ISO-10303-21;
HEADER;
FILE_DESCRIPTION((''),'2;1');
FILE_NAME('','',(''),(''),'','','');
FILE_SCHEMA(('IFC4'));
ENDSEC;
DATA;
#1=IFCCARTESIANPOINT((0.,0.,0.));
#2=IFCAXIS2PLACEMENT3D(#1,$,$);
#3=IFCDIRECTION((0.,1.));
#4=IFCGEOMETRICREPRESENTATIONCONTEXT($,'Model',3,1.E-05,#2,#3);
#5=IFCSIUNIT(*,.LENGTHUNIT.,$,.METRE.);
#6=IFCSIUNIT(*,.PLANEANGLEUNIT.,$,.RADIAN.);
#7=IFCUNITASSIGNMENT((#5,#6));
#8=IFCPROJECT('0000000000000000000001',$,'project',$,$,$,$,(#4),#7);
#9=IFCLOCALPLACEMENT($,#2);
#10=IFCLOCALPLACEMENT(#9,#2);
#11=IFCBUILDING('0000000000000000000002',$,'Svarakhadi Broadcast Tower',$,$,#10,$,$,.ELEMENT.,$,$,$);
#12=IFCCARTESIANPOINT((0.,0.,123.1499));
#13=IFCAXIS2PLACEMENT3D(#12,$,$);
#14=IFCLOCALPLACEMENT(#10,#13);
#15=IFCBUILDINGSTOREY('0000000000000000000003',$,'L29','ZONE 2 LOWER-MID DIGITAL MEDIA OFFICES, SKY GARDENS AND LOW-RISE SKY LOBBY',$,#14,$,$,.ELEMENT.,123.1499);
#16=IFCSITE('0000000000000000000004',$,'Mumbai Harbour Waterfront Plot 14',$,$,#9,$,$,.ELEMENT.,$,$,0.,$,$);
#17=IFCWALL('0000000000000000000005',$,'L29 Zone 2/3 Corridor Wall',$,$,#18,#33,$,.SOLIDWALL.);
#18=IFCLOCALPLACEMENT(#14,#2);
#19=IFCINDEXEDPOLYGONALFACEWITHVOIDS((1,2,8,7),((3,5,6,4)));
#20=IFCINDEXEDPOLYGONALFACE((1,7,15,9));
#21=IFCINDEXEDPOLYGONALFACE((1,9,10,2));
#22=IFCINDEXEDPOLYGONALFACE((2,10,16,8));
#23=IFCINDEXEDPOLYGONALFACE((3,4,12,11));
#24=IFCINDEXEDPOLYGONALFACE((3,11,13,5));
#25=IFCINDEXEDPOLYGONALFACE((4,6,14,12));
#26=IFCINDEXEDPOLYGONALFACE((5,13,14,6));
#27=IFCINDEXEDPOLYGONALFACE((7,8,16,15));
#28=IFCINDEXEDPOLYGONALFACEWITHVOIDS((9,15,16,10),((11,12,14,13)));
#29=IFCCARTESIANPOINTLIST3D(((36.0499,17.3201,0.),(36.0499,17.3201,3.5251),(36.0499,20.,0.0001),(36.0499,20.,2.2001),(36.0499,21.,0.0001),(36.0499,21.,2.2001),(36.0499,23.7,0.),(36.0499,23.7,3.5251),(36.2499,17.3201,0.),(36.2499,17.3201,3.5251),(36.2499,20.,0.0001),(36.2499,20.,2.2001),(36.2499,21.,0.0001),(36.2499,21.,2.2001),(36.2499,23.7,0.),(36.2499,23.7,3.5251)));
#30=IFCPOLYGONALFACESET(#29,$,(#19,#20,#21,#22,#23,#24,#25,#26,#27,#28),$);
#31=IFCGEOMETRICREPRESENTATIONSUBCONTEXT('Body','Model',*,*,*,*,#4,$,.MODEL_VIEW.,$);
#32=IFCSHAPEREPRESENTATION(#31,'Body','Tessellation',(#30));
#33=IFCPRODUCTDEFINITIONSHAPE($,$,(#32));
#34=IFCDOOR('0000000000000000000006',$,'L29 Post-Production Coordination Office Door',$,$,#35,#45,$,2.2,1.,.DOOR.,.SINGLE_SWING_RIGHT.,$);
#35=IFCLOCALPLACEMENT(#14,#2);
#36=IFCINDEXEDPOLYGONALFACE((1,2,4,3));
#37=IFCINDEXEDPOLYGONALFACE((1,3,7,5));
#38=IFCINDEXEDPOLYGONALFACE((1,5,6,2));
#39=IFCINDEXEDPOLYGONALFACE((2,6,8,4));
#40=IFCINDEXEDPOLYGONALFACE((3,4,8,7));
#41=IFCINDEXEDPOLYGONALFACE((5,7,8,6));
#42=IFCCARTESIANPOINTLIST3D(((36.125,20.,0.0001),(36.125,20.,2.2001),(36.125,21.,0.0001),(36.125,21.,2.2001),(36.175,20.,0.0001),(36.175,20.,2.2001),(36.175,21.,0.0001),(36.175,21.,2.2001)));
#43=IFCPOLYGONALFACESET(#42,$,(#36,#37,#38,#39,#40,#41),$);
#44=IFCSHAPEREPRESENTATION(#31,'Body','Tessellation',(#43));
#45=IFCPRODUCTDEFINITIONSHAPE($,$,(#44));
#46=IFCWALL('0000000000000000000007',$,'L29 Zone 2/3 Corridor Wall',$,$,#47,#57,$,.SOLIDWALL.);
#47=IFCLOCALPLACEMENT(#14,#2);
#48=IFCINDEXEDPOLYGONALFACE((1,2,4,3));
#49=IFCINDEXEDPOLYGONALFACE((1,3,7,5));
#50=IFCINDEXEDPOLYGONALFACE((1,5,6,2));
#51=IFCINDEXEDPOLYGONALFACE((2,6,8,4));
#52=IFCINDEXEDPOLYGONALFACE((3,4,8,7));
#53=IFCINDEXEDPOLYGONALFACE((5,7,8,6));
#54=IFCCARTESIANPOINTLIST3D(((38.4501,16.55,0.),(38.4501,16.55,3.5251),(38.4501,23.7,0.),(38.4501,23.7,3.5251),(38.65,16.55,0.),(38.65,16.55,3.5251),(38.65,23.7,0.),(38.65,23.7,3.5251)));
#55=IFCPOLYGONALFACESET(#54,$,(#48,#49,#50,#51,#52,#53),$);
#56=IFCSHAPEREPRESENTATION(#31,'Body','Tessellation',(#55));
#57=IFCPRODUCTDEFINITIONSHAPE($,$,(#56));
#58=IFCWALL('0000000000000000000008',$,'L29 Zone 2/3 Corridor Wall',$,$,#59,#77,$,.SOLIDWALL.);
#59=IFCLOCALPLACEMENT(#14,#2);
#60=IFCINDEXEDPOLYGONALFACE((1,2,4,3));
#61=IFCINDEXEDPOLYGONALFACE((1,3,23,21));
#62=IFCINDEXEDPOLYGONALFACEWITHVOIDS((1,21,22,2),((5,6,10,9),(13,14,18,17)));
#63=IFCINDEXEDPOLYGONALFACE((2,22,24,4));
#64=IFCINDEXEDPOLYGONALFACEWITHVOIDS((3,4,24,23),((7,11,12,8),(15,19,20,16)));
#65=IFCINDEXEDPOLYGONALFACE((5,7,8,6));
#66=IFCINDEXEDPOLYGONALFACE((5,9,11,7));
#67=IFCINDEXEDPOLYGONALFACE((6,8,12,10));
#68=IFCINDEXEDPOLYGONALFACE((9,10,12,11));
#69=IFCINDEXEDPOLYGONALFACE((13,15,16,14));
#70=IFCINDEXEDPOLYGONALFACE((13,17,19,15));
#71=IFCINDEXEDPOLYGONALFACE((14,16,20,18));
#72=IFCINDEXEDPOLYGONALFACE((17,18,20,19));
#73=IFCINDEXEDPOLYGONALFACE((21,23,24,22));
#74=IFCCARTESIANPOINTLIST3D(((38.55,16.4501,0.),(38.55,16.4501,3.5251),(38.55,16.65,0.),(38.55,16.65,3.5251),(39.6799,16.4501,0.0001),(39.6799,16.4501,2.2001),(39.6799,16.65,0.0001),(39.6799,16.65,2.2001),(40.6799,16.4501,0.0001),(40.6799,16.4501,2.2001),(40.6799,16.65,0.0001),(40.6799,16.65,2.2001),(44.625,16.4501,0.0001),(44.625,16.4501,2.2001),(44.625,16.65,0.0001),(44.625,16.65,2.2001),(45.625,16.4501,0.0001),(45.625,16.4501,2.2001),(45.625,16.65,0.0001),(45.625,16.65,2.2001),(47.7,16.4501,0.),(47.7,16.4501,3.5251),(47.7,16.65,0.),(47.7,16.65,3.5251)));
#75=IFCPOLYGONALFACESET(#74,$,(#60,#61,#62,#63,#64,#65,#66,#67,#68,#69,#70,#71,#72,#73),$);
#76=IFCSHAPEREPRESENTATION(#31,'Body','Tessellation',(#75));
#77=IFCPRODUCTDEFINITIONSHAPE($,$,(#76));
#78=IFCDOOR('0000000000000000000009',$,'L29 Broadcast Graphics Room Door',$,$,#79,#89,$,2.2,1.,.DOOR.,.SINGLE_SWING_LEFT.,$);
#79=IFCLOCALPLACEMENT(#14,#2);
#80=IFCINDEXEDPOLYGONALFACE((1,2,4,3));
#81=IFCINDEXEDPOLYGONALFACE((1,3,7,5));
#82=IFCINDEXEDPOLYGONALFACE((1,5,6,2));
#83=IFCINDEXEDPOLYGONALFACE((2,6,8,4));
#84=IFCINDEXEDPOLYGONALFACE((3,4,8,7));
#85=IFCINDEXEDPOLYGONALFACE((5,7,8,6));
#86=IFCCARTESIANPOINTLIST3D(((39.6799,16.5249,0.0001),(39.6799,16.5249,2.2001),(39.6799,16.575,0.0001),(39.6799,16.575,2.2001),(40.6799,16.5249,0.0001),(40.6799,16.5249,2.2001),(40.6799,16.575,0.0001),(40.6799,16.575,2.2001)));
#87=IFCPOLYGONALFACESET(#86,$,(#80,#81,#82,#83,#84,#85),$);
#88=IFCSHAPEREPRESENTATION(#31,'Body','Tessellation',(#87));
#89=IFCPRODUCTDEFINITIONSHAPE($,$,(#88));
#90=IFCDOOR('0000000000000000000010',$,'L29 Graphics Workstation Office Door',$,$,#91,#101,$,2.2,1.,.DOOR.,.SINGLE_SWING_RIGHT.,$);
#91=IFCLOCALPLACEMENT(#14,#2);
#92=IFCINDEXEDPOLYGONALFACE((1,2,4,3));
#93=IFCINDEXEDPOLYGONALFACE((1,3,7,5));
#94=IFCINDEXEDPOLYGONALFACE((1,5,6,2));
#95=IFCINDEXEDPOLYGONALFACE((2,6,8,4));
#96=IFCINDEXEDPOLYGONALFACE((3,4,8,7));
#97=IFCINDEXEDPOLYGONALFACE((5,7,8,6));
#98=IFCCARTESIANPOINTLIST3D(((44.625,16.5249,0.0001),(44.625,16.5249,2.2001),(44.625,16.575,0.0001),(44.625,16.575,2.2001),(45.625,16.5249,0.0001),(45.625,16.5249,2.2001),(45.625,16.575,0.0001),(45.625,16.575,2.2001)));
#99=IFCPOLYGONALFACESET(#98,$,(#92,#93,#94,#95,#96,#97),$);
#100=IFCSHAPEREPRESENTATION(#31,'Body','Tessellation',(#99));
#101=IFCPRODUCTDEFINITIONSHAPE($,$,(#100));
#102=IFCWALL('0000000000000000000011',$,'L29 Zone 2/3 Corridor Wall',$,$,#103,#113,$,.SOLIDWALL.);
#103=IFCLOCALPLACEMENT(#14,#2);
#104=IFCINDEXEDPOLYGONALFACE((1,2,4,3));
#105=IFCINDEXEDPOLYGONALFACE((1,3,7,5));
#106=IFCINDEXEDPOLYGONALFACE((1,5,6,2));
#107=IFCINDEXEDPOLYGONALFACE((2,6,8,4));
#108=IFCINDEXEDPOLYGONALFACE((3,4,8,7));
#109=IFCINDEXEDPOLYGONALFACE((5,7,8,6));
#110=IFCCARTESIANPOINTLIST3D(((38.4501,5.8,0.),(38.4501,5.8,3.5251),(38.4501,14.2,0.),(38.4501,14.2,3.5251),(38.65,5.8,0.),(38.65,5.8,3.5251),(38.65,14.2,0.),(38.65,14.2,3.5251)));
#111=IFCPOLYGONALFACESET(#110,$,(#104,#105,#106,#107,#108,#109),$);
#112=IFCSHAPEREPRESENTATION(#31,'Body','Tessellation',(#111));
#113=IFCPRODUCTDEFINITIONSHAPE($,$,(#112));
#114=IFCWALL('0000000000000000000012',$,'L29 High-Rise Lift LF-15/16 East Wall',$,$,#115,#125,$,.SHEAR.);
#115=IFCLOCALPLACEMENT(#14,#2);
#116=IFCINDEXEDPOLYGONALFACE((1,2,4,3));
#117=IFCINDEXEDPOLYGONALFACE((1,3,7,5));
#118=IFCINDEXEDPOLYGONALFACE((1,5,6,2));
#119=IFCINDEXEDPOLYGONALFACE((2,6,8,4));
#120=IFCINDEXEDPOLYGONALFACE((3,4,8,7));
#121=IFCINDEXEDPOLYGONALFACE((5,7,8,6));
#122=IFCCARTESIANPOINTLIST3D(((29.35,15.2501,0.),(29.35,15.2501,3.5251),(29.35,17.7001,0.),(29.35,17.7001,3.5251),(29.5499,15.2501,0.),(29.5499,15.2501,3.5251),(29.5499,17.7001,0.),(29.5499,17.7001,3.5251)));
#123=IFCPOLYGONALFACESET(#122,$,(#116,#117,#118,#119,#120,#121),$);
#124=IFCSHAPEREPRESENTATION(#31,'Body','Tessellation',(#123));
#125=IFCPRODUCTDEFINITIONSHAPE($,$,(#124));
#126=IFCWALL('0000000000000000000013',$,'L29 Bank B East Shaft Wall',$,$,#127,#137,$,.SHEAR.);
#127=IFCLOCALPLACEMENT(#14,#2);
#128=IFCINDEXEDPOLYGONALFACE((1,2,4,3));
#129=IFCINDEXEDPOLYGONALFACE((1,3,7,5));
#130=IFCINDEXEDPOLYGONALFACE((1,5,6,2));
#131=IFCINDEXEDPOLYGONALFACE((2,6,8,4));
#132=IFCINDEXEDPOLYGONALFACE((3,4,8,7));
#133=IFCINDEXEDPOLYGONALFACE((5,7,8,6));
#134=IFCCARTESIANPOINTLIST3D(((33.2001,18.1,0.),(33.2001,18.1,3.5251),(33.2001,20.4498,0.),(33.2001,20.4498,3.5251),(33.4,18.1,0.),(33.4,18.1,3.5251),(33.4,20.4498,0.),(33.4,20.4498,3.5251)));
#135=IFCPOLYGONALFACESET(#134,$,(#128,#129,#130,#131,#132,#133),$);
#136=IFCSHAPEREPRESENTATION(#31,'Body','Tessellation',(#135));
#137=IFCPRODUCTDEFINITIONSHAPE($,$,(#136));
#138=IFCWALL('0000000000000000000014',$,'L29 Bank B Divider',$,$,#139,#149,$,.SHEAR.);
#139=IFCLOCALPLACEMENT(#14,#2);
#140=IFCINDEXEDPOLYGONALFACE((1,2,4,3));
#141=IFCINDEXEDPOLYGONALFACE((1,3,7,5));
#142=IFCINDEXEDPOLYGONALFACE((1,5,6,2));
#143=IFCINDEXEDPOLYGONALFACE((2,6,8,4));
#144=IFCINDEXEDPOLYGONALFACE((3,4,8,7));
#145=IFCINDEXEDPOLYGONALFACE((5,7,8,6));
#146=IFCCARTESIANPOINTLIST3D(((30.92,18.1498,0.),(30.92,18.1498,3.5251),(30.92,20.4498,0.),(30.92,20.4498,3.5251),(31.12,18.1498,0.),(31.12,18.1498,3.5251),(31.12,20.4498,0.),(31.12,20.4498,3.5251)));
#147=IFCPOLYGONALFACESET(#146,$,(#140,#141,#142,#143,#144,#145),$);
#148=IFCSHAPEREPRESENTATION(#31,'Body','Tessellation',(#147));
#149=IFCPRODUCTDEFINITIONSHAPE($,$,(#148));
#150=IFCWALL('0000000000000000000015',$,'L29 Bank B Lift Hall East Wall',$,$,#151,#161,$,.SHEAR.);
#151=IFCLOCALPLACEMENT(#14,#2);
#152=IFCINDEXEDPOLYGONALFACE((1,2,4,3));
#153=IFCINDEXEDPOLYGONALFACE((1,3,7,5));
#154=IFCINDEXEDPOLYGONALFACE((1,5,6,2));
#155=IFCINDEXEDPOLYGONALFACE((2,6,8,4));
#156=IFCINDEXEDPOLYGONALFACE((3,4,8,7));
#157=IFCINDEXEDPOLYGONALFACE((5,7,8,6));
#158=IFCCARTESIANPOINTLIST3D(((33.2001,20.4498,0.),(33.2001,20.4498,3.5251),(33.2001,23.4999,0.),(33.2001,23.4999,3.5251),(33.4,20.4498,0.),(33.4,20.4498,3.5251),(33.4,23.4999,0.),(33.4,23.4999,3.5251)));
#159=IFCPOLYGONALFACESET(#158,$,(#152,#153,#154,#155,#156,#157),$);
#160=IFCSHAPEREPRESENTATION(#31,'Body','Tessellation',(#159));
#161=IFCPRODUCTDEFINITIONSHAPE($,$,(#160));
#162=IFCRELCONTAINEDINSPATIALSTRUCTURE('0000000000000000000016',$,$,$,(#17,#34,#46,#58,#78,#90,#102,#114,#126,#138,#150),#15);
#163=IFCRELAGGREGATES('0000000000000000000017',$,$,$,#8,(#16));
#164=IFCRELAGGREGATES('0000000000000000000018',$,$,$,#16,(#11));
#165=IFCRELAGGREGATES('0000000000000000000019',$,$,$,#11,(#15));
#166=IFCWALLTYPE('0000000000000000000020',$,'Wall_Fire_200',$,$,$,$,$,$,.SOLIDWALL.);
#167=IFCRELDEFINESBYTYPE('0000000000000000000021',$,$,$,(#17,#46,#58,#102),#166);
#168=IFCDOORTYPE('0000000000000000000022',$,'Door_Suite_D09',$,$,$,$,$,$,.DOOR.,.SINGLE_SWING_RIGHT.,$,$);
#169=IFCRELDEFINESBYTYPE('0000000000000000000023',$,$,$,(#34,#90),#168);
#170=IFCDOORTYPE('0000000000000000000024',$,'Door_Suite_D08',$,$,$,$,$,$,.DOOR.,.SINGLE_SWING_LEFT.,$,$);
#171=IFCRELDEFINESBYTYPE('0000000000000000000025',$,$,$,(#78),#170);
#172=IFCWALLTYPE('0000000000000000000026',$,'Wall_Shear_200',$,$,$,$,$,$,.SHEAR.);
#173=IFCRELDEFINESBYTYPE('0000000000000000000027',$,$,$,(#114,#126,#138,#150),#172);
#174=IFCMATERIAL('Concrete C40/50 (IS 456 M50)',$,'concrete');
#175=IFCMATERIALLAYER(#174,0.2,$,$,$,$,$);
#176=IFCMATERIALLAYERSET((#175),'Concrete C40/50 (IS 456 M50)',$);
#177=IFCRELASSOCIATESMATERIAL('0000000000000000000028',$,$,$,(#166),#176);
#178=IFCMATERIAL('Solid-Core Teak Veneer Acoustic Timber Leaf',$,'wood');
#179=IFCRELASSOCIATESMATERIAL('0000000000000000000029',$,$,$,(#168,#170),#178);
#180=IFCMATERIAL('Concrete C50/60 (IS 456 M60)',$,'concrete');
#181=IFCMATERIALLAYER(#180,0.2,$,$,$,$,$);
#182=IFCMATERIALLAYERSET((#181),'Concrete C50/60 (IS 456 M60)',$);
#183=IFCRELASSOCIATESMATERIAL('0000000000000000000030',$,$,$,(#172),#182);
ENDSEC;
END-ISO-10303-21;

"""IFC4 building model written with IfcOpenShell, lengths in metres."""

from ifc_helpers import new_model, si_unit, direction, frame, frame_2d, origin, place, context, subcontext, project, spatial, rectangle, extrude, material, layer, layer_set, type_object, element, fill, save


model = new_model("IFC4")

# Units and contexts
model_context = context("Model", 3, precision=1e-05, world=origin(), true_north=direction((0.0, 1.0)))
body_context = subcontext(model_context, "Body", "Model", "MODEL_VIEW")
ifc_project = project(units=[si_unit("LENGTHUNIT", "METRE"), si_unit("PLANEANGLEUNIT", "RADIAN")], contexts=[model_context])

# Site, building, storey
site_placement = place(None, origin())
site = spatial("IfcSite", under=ifc_project, at=site_placement, Name="Mumbai Harbour Waterfront Plot 14", CompositionType="ELEMENT", RefElevation=0.0)
building_placement = place(site_placement, origin())
building = spatial("IfcBuilding", under=site, at=building_placement, Name="Svarakhadi Broadcast Tower", CompositionType="ELEMENT")
storey_placement = place(building_placement, frame((0.0, 0.0, 123.1499)))
storey = spatial("IfcBuildingStorey", under=building, at=storey_placement, Name="L29", Description="ZONE 2 LOWER-MID DIGITAL MEDIA OFFICES, SKY GARDENS AND LOW-RISE SKY LOBBY", CompositionType="ELEMENT", Elevation=123.1499)

# Shared definitions
ifc_material_1 = material(Name="Concrete C50/60 (IS 456 M60)", Category="concrete")

# Shared definitions
ifc_material_2 = material(Name="Concrete C40/50 (IS 456 M50)", Category="concrete")
ifc_layer_1 = layer(ifc_material_2, 0.2)
ifc_layer_set_1 = layer_set([ifc_layer_1], Name="Concrete C40/50 (IS 456 M50)")
wall_type_1 = type_object("IfcWallType", Name="Wall_Fire_200", PredefinedType="SOLIDWALL", material=ifc_layer_set_1)

# Wall, opening, door
wall_1_placement = place(storey_placement, frame((36.1499, 17.3201, 0.0), z_axis=(0.0, 0.0, 1.0), x_axis=(0.0, 1.0, 0.0)))
wall_1 = element("IfcWall", 1, at=wall_1_placement, inside=storey, type_object=wall_type_1, Name="L29 Zone 2/3 Corridor Wall", PredefinedType="SOLIDWALL", context=body_context, shape_type="SweptSolid", body=[
    extrude(rectangle(XDim=6.3799, YDim=0.2, at=frame_2d((3.1899, 0.0))), origin(), (0.0, 0.0, 1.0), 3.5251),
])
opening_1_placement = place(wall_1_placement, frame((2.6799, 0.0, 0.0)))
opening_1 = element("IfcOpeningElement", 2, at=opening_1_placement, cuts=wall_1, PredefinedType="OPENING", context=body_context, shape_type="SweptSolid", body=[
    extrude(rectangle(XDim=1.0, YDim=2.2, at=frame_2d((0.5, 1.1001))), frame((0.0, 0.1099, 0.0), z_axis=(0.0, -1.0, 0.0), x_axis=(1.0, 0.0, 0.0)), (0.0, 0.0, 1.0), 0.22),
])
ifc_material_3 = material(Name="Solid-Core Teak Veneer Acoustic Timber Leaf", Category="wood")
door_type_1 = type_object("IfcDoorType", Name="Door_Suite_D09", OperationType="SINGLE_SWING_RIGHT", PredefinedType="DOOR", material=ifc_material_3)
door_1_placement = place(opening_1_placement, origin())
door_1 = element("IfcDoor", 3, at=door_1_placement, inside=storey, type_object=door_type_1, Name="L29 Post-Production Coordination Office Door", OperationType="SINGLE_SWING_RIGHT", OverallHeight=2.2, OverallWidth=1.0, PredefinedType="DOOR", context=body_context, shape_type="SweptSolid", body=[
    extrude(rectangle(XDim=1.0, YDim=2.2, at=frame_2d((0.5, 1.1001))), frame((0.0, 0.0249, 0.0), z_axis=(0.0, -1.0, 0.0), x_axis=(1.0, 0.0, 0.0)), (0.0, 0.0, 1.0), 0.05),
])
fill(opening_1, door_1)

# Wall
wall_2_placement = place(storey_placement, frame((38.55, 23.7, 0.0), z_axis=(0.0, 0.0, 1.0), x_axis=(0.0, -1.0, 0.0)))
element("IfcWall", 4, at=wall_2_placement, inside=storey, type_object=wall_type_1, Name="L29 Zone 2/3 Corridor Wall", PredefinedType="SOLIDWALL", context=body_context, shape_type="SweptSolid", body=[
    extrude(rectangle(XDim=7.1499, YDim=0.2, at=frame_2d((3.575, 0.0))), origin(), (0.0, 0.0, 1.0), 3.5251),
])

# Wall, openings, doors
wall_3_placement = place(storey_placement, frame((38.55, 16.55, 0.0), z_axis=(0.0, 0.0, 1.0), x_axis=(1.0, 0.0, 0.0)))
wall_3 = element("IfcWall", 5, at=wall_3_placement, inside=storey, type_object=wall_type_1, Name="L29 Zone 2/3 Corridor Wall", PredefinedType="SOLIDWALL", context=body_context, shape_type="SweptSolid", body=[
    extrude(rectangle(XDim=9.1499, YDim=0.2, at=frame_2d((4.575, 0.0))), origin(), (0.0, 0.0, 1.0), 3.5251),
])
opening_2_placement = place(wall_3_placement, frame((1.1299, 0.0, 0.0)))
opening_2 = element("IfcOpeningElement", 6, at=opening_2_placement, cuts=wall_3, PredefinedType="OPENING", context=body_context, shape_type="SweptSolid", body=[
    extrude(rectangle(XDim=1.0, YDim=2.2, at=frame_2d((0.5, 1.1001))), frame((0.0, 0.1099, 0.0), z_axis=(0.0, -1.0, 0.0), x_axis=(1.0, 0.0, 0.0)), (0.0, 0.0, 1.0), 0.22),
])
opening_3_placement = place(wall_3_placement, frame((6.075, 0.0, 0.0)))
opening_3 = element("IfcOpeningElement", 7, at=opening_3_placement, cuts=wall_3, PredefinedType="OPENING", context=body_context, shape_type="SweptSolid", body=[
    extrude(rectangle(XDim=1.0, YDim=2.2, at=frame_2d((0.5, 1.1001))), frame((0.0, 0.1099, 0.0), z_axis=(0.0, -1.0, 0.0), x_axis=(1.0, 0.0, 0.0)), (0.0, 0.0, 1.0), 0.22),
])
door_type_2 = type_object("IfcDoorType", Name="Door_Suite_D08", OperationType="SINGLE_SWING_LEFT", PredefinedType="DOOR", material=ifc_material_3)
door_2_placement = place(opening_2_placement, origin())
door_2 = element("IfcDoor", 8, at=door_2_placement, inside=storey, type_object=door_type_2, Name="L29 Broadcast Graphics Room Door", OperationType="SINGLE_SWING_LEFT", OverallHeight=2.2, OverallWidth=1.0, PredefinedType="DOOR", context=body_context, shape_type="SweptSolid", body=[
    extrude(rectangle(XDim=1.0, YDim=2.2, at=frame_2d((0.5, 1.1001))), frame((0.0, 0.0249, 0.0), z_axis=(0.0, -1.0, 0.0), x_axis=(1.0, 0.0, 0.0)), (0.0, 0.0, 1.0), 0.05),
])
fill(opening_2, door_2)
door_3_placement = place(opening_3_placement, origin())
door_3 = element("IfcDoor", 9, at=door_3_placement, inside=storey, type_object=door_type_1, Name="L29 Graphics Workstation Office Door", OperationType="SINGLE_SWING_RIGHT", OverallHeight=2.2, OverallWidth=1.0, PredefinedType="DOOR", context=body_context, shape_type="SweptSolid", body=[
    extrude(rectangle(XDim=1.0, YDim=2.2, at=frame_2d((0.5, 1.1001))), frame((0.0, 0.0249, 0.0), z_axis=(0.0, -1.0, 0.0), x_axis=(1.0, 0.0, 0.0)), (0.0, 0.0, 1.0), 0.05),
])
fill(opening_3, door_3)

# Wall
wall_4_placement = place(storey_placement, frame((38.55, 14.2, 0.0), z_axis=(0.0, 0.0, 1.0), x_axis=(0.0, -1.0, 0.0)))
element("IfcWall", 10, at=wall_4_placement, inside=storey, type_object=wall_type_1, Name="L29 Zone 2/3 Corridor Wall", PredefinedType="SOLIDWALL", context=body_context, shape_type="SweptSolid", body=[
    extrude(rectangle(XDim=8.3999, YDim=0.2, at=frame_2d((4.2, 0.0))), origin(), (0.0, 0.0, 1.0), 3.5251),
])

# Walls
ifc_layer_2 = layer(ifc_material_1, 0.2)
ifc_layer_set_2 = layer_set([ifc_layer_2], Name="Concrete C50/60 (IS 456 M60)")
wall_type_2 = type_object("IfcWallType", Name="Wall_Shear_200", PredefinedType="SHEAR", material=ifc_layer_set_2)
wall_5_placement = place(storey_placement, frame((29.45, 15.25, 0.0), z_axis=(0.0, 0.0, 1.0), x_axis=(0.0, 1.0, 0.0)))
element("IfcWall", 11, at=wall_5_placement, inside=storey, type_object=wall_type_2, Name="L29 High-Rise Lift LF-15/16 East Wall", PredefinedType="SHEAR", context=body_context, shape_type="SweptSolid", body=[
    extrude(rectangle(XDim=2.45, YDim=0.2, at=frame_2d((1.2251, 0.0))), origin(), (0.0, 0.0, 1.0), 3.5251),
])
wall_6_placement = place(storey_placement, frame((33.3, 18.1001, 0.0), z_axis=(0.0, 0.0, 1.0), x_axis=(0.0, 1.0, 0.0)))
element("IfcWall", 12, at=wall_6_placement, inside=storey, type_object=wall_type_2, Name="L29 Bank B East Shaft Wall", PredefinedType="SHEAR", context=body_context, shape_type="SweptSolid", body=[
    extrude(rectangle(XDim=2.3499, YDim=0.2, at=frame_2d((1.1748, 0.0))), origin(), (0.0, 0.0, 1.0), 3.5251),
])
wall_7_placement = place(storey_placement, frame((31.02, 18.1499, 0.0), z_axis=(0.0, 0.0, 1.0), x_axis=(0.0, 1.0, 0.0)))
element("IfcWall", 13, at=wall_7_placement, inside=storey, type_object=wall_type_2, Name="L29 Bank B Divider", PredefinedType="SHEAR", context=body_context, shape_type="SweptSolid", body=[
    extrude(rectangle(XDim=2.3, YDim=0.2, at=frame_2d((1.1499, 0.0))), origin(), (0.0, 0.0, 1.0), 3.5251),
])
wall_8_placement = place(storey_placement, frame((33.3, 20.45, 0.0), z_axis=(0.0, 0.0, 1.0), x_axis=(0.0, 1.0, 0.0)))
element("IfcWall", 14, at=wall_8_placement, inside=storey, type_object=wall_type_2, Name="L29 Bank B Lift Hall East Wall", PredefinedType="SHEAR", context=body_context, shape_type="SweptSolid", body=[
    extrude(rectangle(XDim=3.05, YDim=0.2, at=frame_2d((1.5249, 0.0))), origin(), (0.0, 0.0, 1.0), 3.5251),
])

save(model, "model.ifc")
